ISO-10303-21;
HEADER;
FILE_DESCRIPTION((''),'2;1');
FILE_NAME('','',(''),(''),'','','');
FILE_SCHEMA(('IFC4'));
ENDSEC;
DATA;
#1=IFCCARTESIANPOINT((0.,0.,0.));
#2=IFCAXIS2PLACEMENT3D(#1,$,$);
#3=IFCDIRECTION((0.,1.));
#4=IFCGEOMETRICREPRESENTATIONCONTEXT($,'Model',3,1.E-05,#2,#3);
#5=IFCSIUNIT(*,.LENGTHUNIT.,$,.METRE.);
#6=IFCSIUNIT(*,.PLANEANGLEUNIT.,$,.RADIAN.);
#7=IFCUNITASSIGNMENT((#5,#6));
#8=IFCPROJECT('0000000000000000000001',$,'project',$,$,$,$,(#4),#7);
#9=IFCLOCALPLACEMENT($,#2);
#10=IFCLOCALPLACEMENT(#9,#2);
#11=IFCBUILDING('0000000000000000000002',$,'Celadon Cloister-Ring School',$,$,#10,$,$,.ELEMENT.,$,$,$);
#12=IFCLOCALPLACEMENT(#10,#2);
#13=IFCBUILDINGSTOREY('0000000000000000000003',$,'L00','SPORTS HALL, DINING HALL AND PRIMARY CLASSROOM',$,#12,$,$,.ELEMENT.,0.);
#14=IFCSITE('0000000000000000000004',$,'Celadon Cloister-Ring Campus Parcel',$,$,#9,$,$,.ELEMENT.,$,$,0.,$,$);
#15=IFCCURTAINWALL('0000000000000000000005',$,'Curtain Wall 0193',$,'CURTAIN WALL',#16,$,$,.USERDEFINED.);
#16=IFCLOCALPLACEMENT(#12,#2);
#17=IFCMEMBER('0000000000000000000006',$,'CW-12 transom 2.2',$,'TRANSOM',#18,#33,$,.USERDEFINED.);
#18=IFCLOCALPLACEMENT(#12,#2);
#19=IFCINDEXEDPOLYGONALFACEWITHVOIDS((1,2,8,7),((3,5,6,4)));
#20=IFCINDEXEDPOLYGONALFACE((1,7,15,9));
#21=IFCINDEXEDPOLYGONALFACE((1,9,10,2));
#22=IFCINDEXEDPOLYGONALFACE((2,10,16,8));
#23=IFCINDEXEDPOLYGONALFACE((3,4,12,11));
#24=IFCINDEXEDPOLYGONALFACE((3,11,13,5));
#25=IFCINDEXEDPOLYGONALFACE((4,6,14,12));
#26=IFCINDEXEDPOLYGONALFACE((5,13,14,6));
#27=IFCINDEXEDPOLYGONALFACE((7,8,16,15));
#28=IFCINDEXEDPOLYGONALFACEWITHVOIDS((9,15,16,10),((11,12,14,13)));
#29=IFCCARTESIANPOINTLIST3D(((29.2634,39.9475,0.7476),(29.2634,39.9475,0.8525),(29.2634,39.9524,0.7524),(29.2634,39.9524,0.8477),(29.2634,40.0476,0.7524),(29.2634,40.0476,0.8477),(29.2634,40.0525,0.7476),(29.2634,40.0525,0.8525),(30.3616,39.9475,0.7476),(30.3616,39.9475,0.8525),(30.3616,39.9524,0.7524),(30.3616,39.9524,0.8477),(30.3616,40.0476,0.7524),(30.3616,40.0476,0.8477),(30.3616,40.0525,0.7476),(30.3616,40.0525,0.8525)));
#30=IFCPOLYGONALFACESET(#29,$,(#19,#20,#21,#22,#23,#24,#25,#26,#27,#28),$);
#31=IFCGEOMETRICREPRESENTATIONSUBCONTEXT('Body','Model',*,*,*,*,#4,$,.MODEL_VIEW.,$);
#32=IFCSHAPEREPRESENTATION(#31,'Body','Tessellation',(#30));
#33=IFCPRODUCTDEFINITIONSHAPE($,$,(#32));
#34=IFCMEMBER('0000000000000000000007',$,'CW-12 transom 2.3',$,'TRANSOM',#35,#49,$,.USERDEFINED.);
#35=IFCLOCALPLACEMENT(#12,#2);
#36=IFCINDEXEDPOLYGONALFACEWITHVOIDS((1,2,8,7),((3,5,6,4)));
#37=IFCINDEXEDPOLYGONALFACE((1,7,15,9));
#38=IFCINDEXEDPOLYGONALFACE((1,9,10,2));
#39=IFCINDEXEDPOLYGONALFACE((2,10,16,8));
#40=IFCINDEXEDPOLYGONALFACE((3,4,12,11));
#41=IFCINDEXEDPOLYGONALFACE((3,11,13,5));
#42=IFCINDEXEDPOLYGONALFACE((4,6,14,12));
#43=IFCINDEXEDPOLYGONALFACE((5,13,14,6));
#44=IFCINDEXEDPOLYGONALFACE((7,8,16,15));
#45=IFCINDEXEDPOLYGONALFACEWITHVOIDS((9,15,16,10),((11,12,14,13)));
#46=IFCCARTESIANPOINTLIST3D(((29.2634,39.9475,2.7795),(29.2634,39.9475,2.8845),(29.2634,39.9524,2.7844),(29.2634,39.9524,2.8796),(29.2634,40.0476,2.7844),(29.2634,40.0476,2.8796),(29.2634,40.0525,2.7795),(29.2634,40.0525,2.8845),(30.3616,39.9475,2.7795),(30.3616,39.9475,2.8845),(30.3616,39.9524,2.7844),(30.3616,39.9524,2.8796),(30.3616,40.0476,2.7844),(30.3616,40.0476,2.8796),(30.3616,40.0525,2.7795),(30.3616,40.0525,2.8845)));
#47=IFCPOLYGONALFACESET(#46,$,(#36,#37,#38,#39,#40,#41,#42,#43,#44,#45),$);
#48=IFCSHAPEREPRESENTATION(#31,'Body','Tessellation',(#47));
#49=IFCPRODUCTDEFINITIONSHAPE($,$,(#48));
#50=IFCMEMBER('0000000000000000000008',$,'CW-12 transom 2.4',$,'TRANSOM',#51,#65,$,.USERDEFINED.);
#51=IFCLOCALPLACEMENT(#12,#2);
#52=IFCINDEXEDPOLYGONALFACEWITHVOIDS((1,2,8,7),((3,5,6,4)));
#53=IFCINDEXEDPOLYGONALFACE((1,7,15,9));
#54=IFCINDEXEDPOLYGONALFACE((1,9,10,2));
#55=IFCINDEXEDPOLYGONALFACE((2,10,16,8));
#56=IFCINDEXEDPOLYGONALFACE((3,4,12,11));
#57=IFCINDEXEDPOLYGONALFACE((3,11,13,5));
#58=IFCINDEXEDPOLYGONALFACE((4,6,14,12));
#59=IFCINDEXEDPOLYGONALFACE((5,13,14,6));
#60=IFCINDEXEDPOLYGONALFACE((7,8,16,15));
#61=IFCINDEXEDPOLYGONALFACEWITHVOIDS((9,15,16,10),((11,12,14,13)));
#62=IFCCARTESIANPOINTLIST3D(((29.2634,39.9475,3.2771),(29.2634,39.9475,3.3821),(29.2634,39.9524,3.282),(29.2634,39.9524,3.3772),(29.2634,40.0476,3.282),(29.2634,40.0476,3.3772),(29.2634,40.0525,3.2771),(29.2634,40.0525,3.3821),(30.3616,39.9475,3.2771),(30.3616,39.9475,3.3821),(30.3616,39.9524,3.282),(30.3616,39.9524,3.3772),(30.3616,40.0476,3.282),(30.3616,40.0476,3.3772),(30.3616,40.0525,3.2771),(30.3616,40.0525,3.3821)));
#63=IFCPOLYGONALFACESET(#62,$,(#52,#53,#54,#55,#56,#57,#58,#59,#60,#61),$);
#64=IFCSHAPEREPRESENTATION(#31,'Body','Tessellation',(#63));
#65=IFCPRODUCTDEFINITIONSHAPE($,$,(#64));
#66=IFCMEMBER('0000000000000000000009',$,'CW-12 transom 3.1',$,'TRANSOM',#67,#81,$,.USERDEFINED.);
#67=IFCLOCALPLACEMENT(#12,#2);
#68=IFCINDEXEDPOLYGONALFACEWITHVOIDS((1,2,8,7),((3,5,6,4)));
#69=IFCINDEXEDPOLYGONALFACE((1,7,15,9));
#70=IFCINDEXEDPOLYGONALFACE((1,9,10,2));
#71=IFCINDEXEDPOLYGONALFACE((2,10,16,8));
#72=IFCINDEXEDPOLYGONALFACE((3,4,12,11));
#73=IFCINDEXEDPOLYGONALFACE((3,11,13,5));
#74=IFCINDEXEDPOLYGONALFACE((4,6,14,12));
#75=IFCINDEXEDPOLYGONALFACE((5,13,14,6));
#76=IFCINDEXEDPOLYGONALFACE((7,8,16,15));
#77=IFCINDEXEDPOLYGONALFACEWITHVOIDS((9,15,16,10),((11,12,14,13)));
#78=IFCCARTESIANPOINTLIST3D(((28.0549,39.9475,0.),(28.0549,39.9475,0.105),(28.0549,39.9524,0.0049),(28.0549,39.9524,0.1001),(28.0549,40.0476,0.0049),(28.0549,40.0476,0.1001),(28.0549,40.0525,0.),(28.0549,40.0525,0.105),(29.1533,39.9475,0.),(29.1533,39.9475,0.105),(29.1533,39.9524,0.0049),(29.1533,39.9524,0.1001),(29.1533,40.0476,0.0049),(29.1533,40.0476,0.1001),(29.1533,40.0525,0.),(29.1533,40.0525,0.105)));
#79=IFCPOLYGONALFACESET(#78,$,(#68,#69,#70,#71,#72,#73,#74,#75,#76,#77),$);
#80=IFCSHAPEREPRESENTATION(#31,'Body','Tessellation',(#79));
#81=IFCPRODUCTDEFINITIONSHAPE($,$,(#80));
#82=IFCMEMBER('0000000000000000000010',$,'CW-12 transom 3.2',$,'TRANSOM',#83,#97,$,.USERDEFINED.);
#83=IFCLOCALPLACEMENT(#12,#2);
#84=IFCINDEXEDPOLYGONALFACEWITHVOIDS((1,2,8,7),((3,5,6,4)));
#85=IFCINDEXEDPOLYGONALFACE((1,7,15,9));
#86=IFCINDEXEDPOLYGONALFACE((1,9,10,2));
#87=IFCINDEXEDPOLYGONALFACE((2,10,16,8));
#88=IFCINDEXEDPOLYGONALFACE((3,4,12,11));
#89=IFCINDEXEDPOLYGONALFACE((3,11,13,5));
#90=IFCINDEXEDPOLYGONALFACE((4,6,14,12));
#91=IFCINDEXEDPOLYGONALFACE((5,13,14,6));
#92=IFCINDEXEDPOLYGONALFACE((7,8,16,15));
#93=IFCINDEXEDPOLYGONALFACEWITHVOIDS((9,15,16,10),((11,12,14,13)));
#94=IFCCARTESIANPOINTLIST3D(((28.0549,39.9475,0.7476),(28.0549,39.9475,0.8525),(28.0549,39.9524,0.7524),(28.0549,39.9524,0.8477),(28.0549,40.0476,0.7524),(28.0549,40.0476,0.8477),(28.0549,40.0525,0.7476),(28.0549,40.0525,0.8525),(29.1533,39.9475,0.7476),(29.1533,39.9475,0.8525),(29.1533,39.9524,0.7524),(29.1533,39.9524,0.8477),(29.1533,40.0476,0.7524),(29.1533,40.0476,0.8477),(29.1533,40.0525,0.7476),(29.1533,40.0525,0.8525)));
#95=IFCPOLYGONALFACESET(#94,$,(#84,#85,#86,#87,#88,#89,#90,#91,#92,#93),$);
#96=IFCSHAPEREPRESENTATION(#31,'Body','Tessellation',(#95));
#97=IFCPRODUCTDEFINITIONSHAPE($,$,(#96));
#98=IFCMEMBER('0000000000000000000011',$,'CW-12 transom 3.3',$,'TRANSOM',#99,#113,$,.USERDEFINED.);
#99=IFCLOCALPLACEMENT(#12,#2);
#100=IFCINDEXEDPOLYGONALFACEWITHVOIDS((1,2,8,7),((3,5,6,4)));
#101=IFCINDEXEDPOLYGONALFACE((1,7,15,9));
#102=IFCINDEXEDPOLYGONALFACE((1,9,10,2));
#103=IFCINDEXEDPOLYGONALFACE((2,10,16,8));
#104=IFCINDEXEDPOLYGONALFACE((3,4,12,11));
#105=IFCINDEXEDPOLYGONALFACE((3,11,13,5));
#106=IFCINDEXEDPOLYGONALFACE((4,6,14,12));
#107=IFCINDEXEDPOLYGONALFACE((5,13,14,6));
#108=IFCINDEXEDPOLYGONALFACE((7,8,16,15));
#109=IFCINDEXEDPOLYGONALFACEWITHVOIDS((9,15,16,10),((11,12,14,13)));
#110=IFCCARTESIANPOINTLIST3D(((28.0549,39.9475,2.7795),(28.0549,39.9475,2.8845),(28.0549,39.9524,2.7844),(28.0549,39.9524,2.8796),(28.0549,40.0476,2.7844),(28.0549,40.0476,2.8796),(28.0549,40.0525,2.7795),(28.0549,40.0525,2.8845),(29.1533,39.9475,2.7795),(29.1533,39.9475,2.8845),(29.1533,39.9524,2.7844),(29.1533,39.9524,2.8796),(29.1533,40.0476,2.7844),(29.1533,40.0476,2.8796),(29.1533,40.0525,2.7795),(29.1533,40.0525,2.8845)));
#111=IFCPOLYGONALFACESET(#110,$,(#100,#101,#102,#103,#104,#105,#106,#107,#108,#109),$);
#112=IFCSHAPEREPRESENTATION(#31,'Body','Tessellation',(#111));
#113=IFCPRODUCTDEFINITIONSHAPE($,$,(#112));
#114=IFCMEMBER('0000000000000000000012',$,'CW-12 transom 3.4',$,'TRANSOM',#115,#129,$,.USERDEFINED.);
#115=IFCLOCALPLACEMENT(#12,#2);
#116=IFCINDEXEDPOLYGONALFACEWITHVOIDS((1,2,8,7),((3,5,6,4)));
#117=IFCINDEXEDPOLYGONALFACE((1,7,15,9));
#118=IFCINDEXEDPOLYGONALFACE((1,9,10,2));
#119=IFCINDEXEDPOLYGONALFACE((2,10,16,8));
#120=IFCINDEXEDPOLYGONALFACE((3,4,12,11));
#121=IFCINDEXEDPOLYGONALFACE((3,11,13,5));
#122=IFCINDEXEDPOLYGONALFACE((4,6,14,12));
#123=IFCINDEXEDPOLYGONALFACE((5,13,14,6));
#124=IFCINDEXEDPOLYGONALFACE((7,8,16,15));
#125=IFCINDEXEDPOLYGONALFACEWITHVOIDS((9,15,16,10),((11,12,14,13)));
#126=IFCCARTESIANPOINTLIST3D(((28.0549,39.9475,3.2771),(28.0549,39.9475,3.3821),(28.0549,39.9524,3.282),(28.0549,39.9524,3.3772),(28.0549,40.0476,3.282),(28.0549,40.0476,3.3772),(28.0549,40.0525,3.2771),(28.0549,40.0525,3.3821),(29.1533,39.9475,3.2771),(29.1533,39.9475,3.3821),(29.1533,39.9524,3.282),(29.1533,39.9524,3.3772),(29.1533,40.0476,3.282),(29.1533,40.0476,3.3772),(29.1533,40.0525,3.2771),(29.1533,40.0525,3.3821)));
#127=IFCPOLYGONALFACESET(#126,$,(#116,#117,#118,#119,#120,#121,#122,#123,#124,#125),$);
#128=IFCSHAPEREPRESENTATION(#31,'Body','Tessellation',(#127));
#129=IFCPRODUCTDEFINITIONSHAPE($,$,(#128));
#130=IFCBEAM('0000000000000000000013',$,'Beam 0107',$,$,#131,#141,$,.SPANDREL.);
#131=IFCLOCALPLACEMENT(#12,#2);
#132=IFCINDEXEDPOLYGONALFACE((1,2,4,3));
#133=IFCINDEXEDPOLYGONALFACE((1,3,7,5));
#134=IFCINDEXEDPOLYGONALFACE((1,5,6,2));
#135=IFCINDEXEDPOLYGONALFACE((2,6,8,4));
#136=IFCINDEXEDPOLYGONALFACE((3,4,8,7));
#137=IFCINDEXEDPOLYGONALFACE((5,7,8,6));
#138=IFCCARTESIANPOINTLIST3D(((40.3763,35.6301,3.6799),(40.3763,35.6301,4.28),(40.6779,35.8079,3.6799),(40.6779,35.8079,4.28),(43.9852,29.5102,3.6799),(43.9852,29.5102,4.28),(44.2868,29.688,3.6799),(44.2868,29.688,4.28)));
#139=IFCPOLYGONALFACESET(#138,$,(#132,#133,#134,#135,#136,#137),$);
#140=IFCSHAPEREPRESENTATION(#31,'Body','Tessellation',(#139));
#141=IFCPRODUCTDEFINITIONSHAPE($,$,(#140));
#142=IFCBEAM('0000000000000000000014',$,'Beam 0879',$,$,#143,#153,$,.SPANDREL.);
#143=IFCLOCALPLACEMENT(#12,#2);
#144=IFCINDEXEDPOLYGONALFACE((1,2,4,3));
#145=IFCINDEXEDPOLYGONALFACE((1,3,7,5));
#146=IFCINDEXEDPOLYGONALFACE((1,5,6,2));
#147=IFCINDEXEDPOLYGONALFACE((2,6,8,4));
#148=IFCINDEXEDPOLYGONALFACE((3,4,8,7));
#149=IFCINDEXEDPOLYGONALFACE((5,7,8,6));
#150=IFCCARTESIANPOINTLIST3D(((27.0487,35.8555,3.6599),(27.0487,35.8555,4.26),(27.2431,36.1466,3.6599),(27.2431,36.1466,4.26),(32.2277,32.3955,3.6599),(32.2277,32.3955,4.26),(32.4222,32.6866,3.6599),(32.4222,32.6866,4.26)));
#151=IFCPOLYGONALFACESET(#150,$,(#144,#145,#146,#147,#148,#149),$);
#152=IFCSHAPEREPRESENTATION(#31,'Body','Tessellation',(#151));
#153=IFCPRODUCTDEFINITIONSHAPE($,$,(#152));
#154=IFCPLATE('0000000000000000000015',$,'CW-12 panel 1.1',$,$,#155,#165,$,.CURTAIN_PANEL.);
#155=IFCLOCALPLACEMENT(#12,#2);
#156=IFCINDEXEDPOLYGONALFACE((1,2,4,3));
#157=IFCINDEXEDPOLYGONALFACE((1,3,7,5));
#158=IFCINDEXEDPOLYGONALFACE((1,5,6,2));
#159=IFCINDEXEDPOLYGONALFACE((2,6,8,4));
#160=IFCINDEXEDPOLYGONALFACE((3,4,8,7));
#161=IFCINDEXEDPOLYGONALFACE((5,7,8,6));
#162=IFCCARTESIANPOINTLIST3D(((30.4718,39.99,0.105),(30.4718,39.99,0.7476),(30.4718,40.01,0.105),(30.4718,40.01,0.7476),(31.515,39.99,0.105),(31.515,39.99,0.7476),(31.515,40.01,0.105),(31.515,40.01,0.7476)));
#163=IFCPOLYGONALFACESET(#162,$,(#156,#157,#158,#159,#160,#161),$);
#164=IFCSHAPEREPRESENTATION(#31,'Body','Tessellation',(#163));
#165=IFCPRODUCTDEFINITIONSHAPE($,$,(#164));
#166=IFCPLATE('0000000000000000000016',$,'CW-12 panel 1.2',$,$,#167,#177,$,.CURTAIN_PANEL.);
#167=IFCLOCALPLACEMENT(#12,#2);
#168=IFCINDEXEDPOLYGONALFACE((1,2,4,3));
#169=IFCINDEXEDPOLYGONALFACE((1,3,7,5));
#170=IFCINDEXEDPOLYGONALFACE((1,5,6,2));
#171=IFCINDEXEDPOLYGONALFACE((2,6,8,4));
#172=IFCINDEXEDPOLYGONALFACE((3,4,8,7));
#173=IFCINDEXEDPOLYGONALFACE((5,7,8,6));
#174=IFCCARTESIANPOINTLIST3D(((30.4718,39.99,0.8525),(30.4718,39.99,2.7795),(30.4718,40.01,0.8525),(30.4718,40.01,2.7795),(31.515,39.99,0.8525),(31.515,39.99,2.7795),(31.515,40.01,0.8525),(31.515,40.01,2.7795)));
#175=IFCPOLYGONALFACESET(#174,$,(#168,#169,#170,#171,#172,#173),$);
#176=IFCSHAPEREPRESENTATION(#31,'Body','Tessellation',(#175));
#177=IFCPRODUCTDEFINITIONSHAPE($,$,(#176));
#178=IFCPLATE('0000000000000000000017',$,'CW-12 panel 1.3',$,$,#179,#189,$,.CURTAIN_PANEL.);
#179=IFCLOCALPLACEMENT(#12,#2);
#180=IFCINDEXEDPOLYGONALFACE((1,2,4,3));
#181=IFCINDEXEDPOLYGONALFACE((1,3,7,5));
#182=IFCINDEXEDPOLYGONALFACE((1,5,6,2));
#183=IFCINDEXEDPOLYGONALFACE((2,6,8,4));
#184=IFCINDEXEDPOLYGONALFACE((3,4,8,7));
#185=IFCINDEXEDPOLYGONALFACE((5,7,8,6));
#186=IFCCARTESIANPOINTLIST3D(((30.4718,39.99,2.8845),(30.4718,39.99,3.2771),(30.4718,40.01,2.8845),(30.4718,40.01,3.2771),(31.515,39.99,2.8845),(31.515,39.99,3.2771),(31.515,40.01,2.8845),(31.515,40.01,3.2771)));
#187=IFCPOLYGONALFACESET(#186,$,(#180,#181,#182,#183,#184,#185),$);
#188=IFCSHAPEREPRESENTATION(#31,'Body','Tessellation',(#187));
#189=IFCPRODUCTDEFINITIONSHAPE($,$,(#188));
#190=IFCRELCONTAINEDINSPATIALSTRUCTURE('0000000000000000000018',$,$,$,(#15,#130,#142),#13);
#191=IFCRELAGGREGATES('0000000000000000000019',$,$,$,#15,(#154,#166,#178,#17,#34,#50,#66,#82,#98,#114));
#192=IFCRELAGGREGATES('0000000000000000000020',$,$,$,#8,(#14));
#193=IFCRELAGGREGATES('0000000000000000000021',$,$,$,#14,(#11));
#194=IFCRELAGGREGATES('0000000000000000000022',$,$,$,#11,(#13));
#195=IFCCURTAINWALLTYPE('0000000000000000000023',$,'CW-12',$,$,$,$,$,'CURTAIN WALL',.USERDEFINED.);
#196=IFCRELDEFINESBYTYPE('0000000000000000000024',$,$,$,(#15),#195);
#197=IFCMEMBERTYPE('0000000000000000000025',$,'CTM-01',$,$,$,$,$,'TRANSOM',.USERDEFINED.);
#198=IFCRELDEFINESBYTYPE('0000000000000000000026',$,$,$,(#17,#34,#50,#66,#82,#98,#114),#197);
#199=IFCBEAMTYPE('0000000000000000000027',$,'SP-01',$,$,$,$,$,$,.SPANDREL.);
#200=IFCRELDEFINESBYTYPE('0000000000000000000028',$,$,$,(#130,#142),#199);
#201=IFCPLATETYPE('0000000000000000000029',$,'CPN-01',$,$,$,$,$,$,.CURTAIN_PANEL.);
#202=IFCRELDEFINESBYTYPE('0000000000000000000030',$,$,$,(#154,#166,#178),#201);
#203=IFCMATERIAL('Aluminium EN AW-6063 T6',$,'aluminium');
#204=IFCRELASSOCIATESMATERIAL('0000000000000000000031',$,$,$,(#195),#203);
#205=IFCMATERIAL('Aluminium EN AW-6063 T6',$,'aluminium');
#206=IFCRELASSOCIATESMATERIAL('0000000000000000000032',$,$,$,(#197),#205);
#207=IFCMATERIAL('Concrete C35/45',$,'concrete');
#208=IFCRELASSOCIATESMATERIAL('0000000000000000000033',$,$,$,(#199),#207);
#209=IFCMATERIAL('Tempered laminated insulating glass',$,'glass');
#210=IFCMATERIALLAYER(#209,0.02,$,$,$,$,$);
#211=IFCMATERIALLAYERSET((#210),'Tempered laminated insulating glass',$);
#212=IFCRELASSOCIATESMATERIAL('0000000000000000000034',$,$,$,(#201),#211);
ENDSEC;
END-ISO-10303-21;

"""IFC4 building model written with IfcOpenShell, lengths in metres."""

from ifc_helpers import new_model, si_unit, direction, frame, origin, origin_2d, place, context, subcontext, project, spatial, rectangle, hollow_rectangle, extrude, material, layer, layer_set, material_profile, profile_set, type_object, element, aggregate, save


model = new_model("IFC4")

# Units and contexts
model_context = context("Model", 3, precision=1e-05, world=origin(), true_north=direction((0.0, 1.0)))
body_context = subcontext(model_context, "Body", "Model", "MODEL_VIEW")
ifc_project = project(units=[si_unit("LENGTHUNIT", "METRE"), si_unit("PLANEANGLEUNIT", "RADIAN")], contexts=[model_context])

# Site, building, storey
site_placement = place(None, origin())
site = spatial("IfcSite", under=ifc_project, at=site_placement, Name="Celadon Cloister-Ring Campus Parcel", CompositionType="ELEMENT", RefElevation=0.0)
building_placement = place(site_placement, origin())
building = spatial("IfcBuilding", under=site, at=building_placement, Name="Celadon Cloister-Ring School", CompositionType="ELEMENT")
storey_placement = place(building_placement, origin())
storey = spatial("IfcBuildingStorey", under=building, at=storey_placement, Name="L00", Description="SPORTS HALL, DINING HALL AND PRIMARY CLASSROOM", CompositionType="ELEMENT", Elevation=0.0)

# Curtain wall, members
ifc_material_1 = material(Name="Aluminium EN AW-6063 T6", Category="aluminium")
curtain_wall_type = type_object("IfcCurtainWallType", Name="CW-12", ElementType="CURTAIN WALL", PredefinedType="USERDEFINED", material=ifc_material_1)
curtain_wall_placement = place(storey_placement, origin())
curtain_wall = element("IfcCurtainWall", 1, at=curtain_wall_placement, inside=storey, type_object=curtain_wall_type, Name="Curtain Wall 0193", ObjectType="CURTAIN WALL", PredefinedType="USERDEFINED")
ifc_material_2 = material(Name="Aluminium EN AW-6063 T6", Category="aluminium")
ifc_material_profile_1 = material_profile(ifc_material_2, hollow_rectangle(XDim=0.105, YDim=0.105, WallThickness=0.0049, at=origin_2d()), Name="RHS105X105X5")
ifc_profile_set_1 = profile_set([ifc_material_profile_1], Name="Aluminium EN AW-6063 T6")
member_type_1 = type_object("IfcMemberType", Name="CTM-01", ElementType="TRANSOM", PredefinedType="USERDEFINED", material=ifc_profile_set_1)
member_1_placement = place(storey_placement, frame((30.3616, 40.0, 0.8), z_axis=(-1.0, 0.0, 0.0), x_axis=(0.0, -1.0, 0.0)))
member_1 = element("IfcMember", 2, at=member_1_placement, type_object=member_type_1, Name="CW-12 transom 2.2", ObjectType="TRANSOM", PredefinedType="USERDEFINED", context=body_context, shape_type="SweptSolid", body=[
    extrude(hollow_rectangle(XDim=0.105, YDim=0.105, WallThickness=0.0049, at=origin_2d()), origin(), (0.0, 0.0, 1.0), 1.0981),
])
member_2_placement = place(storey_placement, frame((30.3616, 40.0, 2.832), z_axis=(-1.0, 0.0, 0.0), x_axis=(0.0, -1.0, 0.0)))
member_2 = element("IfcMember", 3, at=member_2_placement, type_object=member_type_1, Name="CW-12 transom 2.3", ObjectType="TRANSOM", PredefinedType="USERDEFINED", context=body_context, shape_type="SweptSolid", body=[
    extrude(hollow_rectangle(XDim=0.105, YDim=0.105, WallThickness=0.0049, at=origin_2d()), origin(), (0.0, 0.0, 1.0), 1.0981),
])
member_3_placement = place(storey_placement, frame((30.3616, 40.0, 3.3296), z_axis=(-1.0, 0.0, 0.0), x_axis=(0.0, -1.0, 0.0)))
member_3 = element("IfcMember", 4, at=member_3_placement, type_object=member_type_1, Name="CW-12 transom 2.4", ObjectType="TRANSOM", PredefinedType="USERDEFINED", context=body_context, shape_type="SweptSolid", body=[
    extrude(hollow_rectangle(XDim=0.105, YDim=0.105, WallThickness=0.0049, at=origin_2d()), origin(), (0.0, 0.0, 1.0), 1.0981),
])
member_4_placement = place(storey_placement, frame((29.1533, 40.0, 0.0525), z_axis=(-1.0, 0.0, 0.0), x_axis=(0.0, -1.0, 0.0)))
member_4 = element("IfcMember", 5, at=member_4_placement, type_object=member_type_1, Name="CW-12 transom 3.1", ObjectType="TRANSOM", PredefinedType="USERDEFINED", context=body_context, shape_type="SweptSolid", body=[
    extrude(hollow_rectangle(XDim=0.105, YDim=0.105, WallThickness=0.0049, at=origin_2d()), origin(), (0.0, 0.0, 1.0), 1.0984),
])
member_5_placement = place(storey_placement, frame((29.1533, 40.0, 0.8), z_axis=(-1.0, 0.0, 0.0), x_axis=(0.0, -1.0, 0.0)))
member_5 = element("IfcMember", 6, at=member_5_placement, type_object=member_type_1, Name="CW-12 transom 3.2", ObjectType="TRANSOM", PredefinedType="USERDEFINED", context=body_context, shape_type="SweptSolid", body=[
    extrude(hollow_rectangle(XDim=0.105, YDim=0.105, WallThickness=0.0049, at=origin_2d()), origin(), (0.0, 0.0, 1.0), 1.0984),
])
member_6_placement = place(storey_placement, frame((29.1533, 40.0, 2.832), z_axis=(-1.0, 0.0, 0.0), x_axis=(0.0, -1.0, 0.0)))
member_6 = element("IfcMember", 7, at=member_6_placement, type_object=member_type_1, Name="CW-12 transom 3.3", ObjectType="TRANSOM", PredefinedType="USERDEFINED", context=body_context, shape_type="SweptSolid", body=[
    extrude(hollow_rectangle(XDim=0.105, YDim=0.105, WallThickness=0.0049, at=origin_2d()), origin(), (0.0, 0.0, 1.0), 1.0984),
])
member_7_placement = place(storey_placement, frame((29.1533, 40.0, 3.3296), z_axis=(-1.0, 0.0, 0.0), x_axis=(0.0, -1.0, 0.0)))
member_7 = element("IfcMember", 8, at=member_7_placement, type_object=member_type_1, Name="CW-12 transom 3.4", ObjectType="TRANSOM", PredefinedType="USERDEFINED", context=body_context, shape_type="SweptSolid", body=[
    extrude(hollow_rectangle(XDim=0.105, YDim=0.105, WallThickness=0.0049, at=origin_2d()), origin(), (0.0, 0.0, 1.0), 1.0984),
])

# Beams
ifc_material_3 = material(Name="Concrete C35/45", Category="concrete")
ifc_material_profile_2 = material_profile(ifc_material_3, rectangle(XDim=0.3501, YDim=0.6001, at=origin_2d()), Name="RC350X600")
ifc_profile_set_2 = profile_set([ifc_material_profile_2], Name="Concrete C35/45")
beam_type = type_object("IfcBeamType", Name="SP-01", PredefinedType="SPANDREL", material=ifc_profile_set_2)
beam_1_placement = place(storey_placement, frame((40.5271, 35.719, 3.98), z_axis=(0.507957, -0.861382, 0.0), x_axis=(0.861382, 0.507957, 0.0)))
element("IfcBeam", 9, at=beam_1_placement, inside=storey, type_object=beam_type, Name="Beam 0107", PredefinedType="SPANDREL", context=body_context, shape_type="SweptSolid", body=[
    extrude(rectangle(XDim=0.3501, YDim=0.6001, at=origin_2d()), origin(), (0.0, 0.0, 1.0), 7.1047),
])
beam_2_placement = place(storey_placement, frame((32.325, 32.541, 3.96), z_axis=(-0.831507, 0.555514, 0.0), x_axis=(-0.555514, -0.831507, 0.0)))
element("IfcBeam", 10, at=beam_2_placement, inside=storey, type_object=beam_type, Name="Beam 0879", PredefinedType="SPANDREL", context=body_context, shape_type="SweptSolid", body=[
    extrude(rectangle(XDim=0.3501, YDim=0.6001, at=origin_2d()), origin(), (0.0, 0.0, 1.0), 6.2285),
])

# Plates
ifc_material_4 = material(Name="Tempered laminated insulating glass", Category="glass")
ifc_layer_1 = layer(ifc_material_4, 0.02)
ifc_layer_set_1 = layer_set([ifc_layer_1], Name="Tempered laminated insulating glass")
plate_type = type_object("IfcPlateType", Name="CPN-01", PredefinedType="CURTAIN_PANEL", material=ifc_layer_set_1)
plate_1_placement = place(storey_placement, frame((30.9934, 40.0, 0.105), z_axis=(0.0, 0.0, 1.0), x_axis=(-1.0, 0.0, 0.0)))
plate_1 = element("IfcPlate", 11, at=plate_1_placement, type_object=plate_type, Name="CW-12 panel 1.1", PredefinedType="CURTAIN_PANEL", context=body_context, shape_type="SweptSolid", body=[
    extrude(rectangle(XDim=1.0432, YDim=0.02, at=origin_2d()), origin(), (0.0, 0.0, 1.0), 0.6426),
])
plate_2_placement = place(storey_placement, frame((30.9934, 40.0, 0.8525), z_axis=(0.0, 0.0, 1.0), x_axis=(-1.0, 0.0, 0.0)))
plate_2 = element("IfcPlate", 12, at=plate_2_placement, type_object=plate_type, Name="CW-12 panel 1.2", PredefinedType="CURTAIN_PANEL", context=body_context, shape_type="SweptSolid", body=[
    extrude(rectangle(XDim=1.0432, YDim=0.02, at=origin_2d()), origin(), (0.0, 0.0, 1.0), 1.927),
])
plate_3_placement = place(storey_placement, frame((30.9934, 40.0, 2.8845), z_axis=(0.0, 0.0, 1.0), x_axis=(-1.0, 0.0, 0.0)))
plate_3 = element("IfcPlate", 13, at=plate_3_placement, type_object=plate_type, Name="CW-12 panel 1.3", PredefinedType="CURTAIN_PANEL", context=body_context, shape_type="SweptSolid", body=[
    extrude(rectangle(XDim=1.0432, YDim=0.02, at=origin_2d()), origin(), (0.0, 0.0, 1.0), 0.3926),
])
aggregate(curtain_wall, [plate_1, plate_2, plate_3, member_1, member_2, member_3, member_4, member_5, member_6, member_7])

save(model, "model.ifc")
